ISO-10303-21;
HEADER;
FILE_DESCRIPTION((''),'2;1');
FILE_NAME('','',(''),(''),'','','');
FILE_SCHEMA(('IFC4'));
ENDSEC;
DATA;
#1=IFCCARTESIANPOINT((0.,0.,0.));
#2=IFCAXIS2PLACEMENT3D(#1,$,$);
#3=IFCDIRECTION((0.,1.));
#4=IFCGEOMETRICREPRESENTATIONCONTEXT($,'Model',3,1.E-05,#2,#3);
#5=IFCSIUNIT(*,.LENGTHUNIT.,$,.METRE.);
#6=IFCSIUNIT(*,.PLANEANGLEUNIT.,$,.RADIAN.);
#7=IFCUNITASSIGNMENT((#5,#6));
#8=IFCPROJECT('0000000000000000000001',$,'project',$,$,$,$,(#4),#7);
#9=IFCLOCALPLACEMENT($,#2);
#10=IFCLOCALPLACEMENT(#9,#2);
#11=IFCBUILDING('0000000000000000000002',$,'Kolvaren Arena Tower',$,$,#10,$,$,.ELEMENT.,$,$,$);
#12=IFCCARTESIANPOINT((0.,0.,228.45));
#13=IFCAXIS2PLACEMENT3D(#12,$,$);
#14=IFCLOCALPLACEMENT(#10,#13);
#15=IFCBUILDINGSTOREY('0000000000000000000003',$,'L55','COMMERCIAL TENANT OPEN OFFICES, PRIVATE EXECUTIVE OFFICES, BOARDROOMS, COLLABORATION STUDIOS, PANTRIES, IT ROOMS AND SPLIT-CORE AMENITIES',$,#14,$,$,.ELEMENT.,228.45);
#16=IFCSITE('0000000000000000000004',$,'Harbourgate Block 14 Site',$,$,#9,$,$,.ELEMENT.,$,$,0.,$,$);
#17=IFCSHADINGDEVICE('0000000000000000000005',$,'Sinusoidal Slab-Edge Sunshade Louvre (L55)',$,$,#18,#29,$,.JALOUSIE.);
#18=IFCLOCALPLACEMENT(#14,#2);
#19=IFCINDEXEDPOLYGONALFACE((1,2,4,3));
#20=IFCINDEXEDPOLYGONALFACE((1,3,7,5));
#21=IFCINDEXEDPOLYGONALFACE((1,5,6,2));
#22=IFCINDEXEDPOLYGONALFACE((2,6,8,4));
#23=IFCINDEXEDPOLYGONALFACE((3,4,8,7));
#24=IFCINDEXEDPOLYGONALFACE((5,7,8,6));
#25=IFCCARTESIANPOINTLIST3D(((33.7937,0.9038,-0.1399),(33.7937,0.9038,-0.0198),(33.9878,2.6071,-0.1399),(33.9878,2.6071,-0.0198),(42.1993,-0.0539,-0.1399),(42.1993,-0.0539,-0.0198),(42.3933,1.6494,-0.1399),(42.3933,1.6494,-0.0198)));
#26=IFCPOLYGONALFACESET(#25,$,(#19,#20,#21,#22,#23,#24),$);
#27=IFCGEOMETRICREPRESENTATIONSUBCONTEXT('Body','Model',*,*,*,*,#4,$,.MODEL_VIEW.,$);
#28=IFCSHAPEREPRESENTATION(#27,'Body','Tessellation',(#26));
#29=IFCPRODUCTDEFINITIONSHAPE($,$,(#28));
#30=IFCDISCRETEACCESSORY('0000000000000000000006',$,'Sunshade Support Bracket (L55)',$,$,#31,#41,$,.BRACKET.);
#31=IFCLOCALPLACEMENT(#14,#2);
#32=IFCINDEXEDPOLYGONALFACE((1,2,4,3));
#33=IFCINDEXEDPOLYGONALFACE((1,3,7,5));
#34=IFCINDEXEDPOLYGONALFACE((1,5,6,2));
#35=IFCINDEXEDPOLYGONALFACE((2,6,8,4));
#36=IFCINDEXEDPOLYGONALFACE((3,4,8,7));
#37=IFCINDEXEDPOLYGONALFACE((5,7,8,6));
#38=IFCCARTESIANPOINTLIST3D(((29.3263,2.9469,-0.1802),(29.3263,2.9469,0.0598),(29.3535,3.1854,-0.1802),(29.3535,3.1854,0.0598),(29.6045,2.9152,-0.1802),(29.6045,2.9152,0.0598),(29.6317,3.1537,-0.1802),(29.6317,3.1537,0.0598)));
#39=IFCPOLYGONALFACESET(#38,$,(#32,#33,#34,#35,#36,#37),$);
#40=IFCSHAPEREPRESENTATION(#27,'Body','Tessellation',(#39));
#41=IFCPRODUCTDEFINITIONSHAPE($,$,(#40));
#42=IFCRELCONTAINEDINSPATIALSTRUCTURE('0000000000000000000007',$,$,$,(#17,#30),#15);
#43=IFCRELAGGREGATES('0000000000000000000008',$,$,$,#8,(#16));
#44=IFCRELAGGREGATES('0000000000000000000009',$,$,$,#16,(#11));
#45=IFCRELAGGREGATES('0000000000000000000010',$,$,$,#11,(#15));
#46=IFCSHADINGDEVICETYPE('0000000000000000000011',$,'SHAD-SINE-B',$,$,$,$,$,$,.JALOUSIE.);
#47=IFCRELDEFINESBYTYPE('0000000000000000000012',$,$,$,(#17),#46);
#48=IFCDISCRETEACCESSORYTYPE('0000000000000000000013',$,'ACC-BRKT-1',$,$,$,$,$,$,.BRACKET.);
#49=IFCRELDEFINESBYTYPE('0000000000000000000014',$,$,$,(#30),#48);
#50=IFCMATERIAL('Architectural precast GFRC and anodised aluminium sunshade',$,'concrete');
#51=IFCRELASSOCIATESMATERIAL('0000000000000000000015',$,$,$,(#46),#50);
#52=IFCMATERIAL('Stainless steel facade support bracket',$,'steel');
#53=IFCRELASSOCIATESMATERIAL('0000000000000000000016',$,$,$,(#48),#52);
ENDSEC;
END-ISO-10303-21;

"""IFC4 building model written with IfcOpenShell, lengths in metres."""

from ifc_helpers import new_model, si_unit, direction, frame, origin, origin_2d, place, context, subcontext, project, spatial, rectangle, extrude, material, type_object, element, save


model = new_model("IFC4")

# Units and contexts
model_context = context("Model", 3, precision=1e-05, world=origin(), true_north=direction((0.0, 1.0)))
body_context = subcontext(model_context, "Body", "Model", "MODEL_VIEW")
ifc_project = project(units=[si_unit("LENGTHUNIT", "METRE"), si_unit("PLANEANGLEUNIT", "RADIAN")], contexts=[model_context])

# Site, building, storey
site_placement = place(None, origin())
site = spatial("IfcSite", under=ifc_project, at=site_placement, Name="Harbourgate Block 14 Site", CompositionType="ELEMENT", RefElevation=0.0)
building_placement = place(site_placement, origin())
building = spatial("IfcBuilding", under=site, at=building_placement, Name="Kolvaren Arena Tower", CompositionType="ELEMENT")
storey_placement = place(building_placement, frame((0.0, 0.0, 228.45)))
storey = spatial("IfcBuildingStorey", under=building, at=storey_placement, Name="L55", Description="COMMERCIAL TENANT OPEN OFFICES, PRIVATE EXECUTIVE OFFICES, BOARDROOMS, COLLABORATION STUDIOS, PANTRIES, IT ROOMS AND SPLIT-CORE AMENITIES", CompositionType="ELEMENT", Elevation=228.45)

# Shading device
ifc_material_1 = material(Name="Architectural precast GFRC and anodised aluminium sunshade", Category="concrete")
shading_device_type_1 = type_object("IfcShadingDeviceType", Name="SHAD-SINE-B", PredefinedType="JALOUSIE", material=ifc_material_1)
shading_device_1_placement = place(storey_placement, frame((38.0935, 1.2766, -0.1399), z_axis=(0.0, 0.0, 1.0), x_axis=(-0.993572, 0.113205, 0.0)))
element("IfcShadingDevice", 1, at=shading_device_1_placement, inside=storey, type_object=shading_device_type_1, Name="Sinusoidal Slab-Edge Sunshade Louvre (L55)", PredefinedType="JALOUSIE", context=body_context, shape_type="SweptSolid", body=[
    extrude(rectangle(XDim=8.46, YDim=1.7144, at=origin_2d()), origin(), (0.0, 0.0, 1.0), 0.1201),
])

# Discrete accessory
ifc_material_2 = material(Name="Stainless steel facade support bracket", Category="steel")
discrete_accessory_type = type_object("IfcDiscreteAccessoryType", Name="ACC-BRKT-1", PredefinedType="BRACKET", material=ifc_material_2)
discrete_accessory_placement = place(storey_placement, frame((29.479, 3.0503, -0.1802), z_axis=(0.0, 0.0, 1.0), x_axis=(-0.993572, 0.113205, 0.0)))
element("IfcDiscreteAccessory", 2, at=discrete_accessory_placement, inside=storey, type_object=discrete_accessory_type, Name="Sunshade Support Bracket (L55)", PredefinedType="BRACKET", context=body_context, shape_type="SweptSolid", body=[
    extrude(rectangle(XDim=0.28, YDim=0.24, at=origin_2d()), origin(), (0.0, 0.0, 1.0), 0.24),
])

save(model, "model.ifc")
